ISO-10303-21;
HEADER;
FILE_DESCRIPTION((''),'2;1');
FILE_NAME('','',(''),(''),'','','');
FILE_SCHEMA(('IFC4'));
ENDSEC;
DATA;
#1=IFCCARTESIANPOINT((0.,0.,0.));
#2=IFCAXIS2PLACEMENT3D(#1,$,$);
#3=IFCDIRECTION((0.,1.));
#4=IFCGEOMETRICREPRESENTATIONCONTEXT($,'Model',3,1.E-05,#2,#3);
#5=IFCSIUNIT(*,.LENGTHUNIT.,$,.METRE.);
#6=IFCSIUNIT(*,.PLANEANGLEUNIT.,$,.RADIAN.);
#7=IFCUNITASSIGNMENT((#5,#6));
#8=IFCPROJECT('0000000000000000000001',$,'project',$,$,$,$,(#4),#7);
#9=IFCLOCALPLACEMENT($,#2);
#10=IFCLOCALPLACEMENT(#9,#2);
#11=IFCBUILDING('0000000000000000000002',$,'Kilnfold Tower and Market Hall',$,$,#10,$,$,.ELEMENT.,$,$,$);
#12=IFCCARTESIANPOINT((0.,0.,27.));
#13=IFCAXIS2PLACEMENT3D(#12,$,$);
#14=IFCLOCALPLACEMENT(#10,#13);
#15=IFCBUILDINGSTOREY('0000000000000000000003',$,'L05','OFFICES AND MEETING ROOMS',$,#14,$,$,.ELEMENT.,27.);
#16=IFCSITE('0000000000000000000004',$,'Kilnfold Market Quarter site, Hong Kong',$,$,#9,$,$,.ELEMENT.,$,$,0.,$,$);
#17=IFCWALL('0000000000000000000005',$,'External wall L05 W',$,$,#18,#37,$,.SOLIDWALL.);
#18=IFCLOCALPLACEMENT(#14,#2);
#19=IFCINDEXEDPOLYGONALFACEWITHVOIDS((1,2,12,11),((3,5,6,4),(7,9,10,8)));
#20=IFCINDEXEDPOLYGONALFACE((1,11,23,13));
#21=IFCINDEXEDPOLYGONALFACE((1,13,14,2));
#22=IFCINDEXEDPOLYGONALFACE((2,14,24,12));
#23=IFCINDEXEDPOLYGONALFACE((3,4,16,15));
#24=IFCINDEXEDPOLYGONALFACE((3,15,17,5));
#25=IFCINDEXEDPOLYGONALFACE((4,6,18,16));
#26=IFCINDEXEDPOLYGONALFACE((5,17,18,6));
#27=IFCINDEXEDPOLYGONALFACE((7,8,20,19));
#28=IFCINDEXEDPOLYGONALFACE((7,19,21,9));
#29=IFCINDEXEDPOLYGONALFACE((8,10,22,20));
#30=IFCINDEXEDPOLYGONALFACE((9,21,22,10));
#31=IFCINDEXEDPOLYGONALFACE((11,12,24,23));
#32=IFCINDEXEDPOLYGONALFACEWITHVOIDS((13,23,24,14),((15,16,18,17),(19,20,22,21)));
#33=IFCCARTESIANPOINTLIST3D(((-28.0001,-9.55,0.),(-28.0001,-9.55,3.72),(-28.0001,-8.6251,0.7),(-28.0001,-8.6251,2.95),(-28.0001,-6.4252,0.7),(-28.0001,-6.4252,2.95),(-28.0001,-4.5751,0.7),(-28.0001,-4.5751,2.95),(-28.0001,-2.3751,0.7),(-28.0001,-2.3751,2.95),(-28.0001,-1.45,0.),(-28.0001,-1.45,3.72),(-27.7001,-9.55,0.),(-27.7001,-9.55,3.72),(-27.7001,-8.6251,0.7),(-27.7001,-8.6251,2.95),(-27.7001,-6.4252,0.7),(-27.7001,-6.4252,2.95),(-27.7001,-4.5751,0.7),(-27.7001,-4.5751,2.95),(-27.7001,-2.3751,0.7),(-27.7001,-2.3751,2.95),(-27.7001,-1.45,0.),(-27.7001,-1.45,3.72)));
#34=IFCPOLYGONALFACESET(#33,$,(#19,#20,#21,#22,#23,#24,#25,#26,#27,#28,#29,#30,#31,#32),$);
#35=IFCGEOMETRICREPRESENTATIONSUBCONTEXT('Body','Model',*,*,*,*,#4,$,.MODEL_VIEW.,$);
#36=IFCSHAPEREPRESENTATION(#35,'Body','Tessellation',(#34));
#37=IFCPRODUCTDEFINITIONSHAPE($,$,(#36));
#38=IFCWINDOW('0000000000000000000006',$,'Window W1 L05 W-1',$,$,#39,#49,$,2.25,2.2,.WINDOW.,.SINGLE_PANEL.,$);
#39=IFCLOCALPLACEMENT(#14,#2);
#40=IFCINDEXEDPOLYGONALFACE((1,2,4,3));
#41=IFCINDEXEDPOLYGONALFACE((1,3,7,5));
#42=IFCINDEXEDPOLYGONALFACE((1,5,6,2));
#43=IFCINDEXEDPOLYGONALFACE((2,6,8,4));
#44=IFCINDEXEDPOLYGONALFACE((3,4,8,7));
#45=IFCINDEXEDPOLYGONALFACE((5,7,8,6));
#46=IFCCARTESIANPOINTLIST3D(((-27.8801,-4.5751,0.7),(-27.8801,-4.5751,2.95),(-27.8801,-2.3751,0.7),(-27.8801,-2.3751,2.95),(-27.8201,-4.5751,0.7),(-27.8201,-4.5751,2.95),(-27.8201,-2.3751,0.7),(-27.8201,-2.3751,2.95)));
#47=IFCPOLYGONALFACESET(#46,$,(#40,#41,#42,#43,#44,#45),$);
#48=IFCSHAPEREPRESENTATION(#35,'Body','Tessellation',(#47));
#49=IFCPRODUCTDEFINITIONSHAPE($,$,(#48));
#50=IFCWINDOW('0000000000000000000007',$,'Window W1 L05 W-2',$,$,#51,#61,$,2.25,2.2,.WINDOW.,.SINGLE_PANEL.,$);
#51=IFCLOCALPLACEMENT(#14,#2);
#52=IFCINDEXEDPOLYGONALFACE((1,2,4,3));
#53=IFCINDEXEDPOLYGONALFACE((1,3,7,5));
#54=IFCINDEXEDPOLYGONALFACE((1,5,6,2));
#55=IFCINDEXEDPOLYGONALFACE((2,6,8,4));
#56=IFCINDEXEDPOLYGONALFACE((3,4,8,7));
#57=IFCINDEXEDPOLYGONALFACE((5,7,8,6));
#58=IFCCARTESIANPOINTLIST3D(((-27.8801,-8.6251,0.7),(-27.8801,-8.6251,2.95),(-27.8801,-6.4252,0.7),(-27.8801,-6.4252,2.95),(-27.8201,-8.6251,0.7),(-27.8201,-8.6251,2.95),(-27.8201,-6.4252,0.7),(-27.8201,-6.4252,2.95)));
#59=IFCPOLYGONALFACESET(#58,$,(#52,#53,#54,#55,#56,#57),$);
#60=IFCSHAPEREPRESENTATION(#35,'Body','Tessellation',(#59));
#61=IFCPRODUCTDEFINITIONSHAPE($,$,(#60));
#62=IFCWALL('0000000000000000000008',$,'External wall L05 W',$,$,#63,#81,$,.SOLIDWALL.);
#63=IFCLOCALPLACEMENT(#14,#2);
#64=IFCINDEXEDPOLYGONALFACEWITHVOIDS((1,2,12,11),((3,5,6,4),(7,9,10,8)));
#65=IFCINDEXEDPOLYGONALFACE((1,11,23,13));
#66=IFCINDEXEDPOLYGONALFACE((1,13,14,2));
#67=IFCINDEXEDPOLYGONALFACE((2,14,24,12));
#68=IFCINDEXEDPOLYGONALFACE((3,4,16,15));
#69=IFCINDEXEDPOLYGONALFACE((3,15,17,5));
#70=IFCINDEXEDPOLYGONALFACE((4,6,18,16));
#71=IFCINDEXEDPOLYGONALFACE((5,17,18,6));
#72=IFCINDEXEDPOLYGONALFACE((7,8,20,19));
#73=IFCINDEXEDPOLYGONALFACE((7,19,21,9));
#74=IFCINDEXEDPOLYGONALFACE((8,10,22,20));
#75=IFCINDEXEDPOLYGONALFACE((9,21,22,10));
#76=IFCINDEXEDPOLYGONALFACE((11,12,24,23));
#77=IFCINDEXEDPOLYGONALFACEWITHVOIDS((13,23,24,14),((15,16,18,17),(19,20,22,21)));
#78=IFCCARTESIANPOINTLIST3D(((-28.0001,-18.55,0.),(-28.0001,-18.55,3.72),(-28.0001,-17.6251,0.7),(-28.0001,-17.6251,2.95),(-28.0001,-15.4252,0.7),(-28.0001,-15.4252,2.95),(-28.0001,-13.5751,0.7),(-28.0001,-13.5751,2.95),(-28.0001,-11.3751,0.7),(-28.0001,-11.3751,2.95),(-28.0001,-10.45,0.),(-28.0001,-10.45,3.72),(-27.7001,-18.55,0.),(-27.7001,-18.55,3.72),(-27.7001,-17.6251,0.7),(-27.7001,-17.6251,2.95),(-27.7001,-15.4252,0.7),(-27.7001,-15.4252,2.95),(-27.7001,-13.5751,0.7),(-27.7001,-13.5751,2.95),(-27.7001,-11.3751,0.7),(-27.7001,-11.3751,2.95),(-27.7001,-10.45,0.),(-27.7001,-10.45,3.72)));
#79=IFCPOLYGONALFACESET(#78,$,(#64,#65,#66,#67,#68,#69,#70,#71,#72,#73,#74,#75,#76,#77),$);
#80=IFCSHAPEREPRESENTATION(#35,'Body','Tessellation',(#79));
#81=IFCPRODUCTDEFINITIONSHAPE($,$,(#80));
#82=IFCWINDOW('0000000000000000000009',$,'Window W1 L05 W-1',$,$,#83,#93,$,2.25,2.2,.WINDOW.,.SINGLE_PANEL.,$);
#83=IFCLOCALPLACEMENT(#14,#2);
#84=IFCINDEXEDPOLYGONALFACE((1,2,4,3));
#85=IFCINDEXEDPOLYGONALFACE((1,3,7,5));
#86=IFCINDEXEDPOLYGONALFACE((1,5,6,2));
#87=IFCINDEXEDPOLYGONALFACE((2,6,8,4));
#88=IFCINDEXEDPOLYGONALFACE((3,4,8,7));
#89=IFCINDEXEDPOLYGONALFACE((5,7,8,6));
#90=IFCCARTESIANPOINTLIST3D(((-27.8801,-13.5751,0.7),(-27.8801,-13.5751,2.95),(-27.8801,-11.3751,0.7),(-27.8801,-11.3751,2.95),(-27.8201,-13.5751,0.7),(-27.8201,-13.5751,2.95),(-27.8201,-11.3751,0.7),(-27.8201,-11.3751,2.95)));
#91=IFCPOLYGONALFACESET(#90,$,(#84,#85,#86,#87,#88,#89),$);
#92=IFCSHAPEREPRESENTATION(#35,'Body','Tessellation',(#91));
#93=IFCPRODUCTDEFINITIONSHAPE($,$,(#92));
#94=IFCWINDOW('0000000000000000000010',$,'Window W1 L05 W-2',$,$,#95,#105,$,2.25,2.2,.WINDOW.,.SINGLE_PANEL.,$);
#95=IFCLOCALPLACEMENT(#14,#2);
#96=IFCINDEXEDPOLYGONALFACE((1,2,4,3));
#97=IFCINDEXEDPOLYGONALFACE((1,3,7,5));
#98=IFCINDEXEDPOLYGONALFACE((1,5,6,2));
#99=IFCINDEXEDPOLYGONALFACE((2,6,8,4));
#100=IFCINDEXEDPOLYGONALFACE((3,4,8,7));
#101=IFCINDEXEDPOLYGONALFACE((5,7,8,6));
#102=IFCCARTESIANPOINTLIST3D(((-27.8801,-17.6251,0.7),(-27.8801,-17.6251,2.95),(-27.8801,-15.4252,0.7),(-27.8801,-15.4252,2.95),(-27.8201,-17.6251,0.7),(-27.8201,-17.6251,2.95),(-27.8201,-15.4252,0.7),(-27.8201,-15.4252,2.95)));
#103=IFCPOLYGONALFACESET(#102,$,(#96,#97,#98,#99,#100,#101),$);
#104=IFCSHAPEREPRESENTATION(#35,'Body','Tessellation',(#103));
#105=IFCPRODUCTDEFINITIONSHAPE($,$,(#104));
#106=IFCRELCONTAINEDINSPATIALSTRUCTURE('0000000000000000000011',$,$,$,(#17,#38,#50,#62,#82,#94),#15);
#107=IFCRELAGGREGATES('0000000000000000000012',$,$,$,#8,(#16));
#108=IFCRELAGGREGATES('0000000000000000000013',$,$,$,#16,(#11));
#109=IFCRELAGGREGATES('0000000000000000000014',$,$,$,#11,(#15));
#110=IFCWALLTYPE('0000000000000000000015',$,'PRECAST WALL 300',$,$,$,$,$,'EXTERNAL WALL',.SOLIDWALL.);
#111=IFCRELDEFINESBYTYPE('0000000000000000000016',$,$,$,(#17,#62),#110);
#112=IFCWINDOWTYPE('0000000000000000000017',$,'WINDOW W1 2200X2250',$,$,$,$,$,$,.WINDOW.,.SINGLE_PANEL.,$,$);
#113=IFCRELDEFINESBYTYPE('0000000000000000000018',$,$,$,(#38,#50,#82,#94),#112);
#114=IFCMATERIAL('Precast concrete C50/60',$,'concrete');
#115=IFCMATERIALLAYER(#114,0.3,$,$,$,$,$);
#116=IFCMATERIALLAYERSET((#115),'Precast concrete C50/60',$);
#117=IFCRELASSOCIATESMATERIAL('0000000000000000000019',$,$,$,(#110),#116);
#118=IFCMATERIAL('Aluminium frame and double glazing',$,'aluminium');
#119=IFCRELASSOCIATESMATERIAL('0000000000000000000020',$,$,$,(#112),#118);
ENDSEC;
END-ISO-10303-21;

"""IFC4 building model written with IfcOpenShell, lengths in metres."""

from ifc_helpers import new_model, si_unit, direction, frame, frame_2d, origin, place, context, subcontext, project, spatial, rectangle, extrude, source, transform, mapped, material, layer, layer_set, type_object, element, fill, save


model = new_model("IFC4")

# Units and contexts
model_context = context("Model", 3, precision=1e-05, world=origin(), true_north=direction((0.0, 1.0)))
body_context = subcontext(model_context, "Body", "Model", "MODEL_VIEW")
ifc_project = project(units=[si_unit("LENGTHUNIT", "METRE"), si_unit("PLANEANGLEUNIT", "RADIAN")], contexts=[model_context])

# Site, building, storey
site_placement = place(None, origin())
site = spatial("IfcSite", under=ifc_project, at=site_placement, Name="Kilnfold Market Quarter site, Hong Kong", CompositionType="ELEMENT", RefElevation=0.0)
building_placement = place(site_placement, origin())
building = spatial("IfcBuilding", under=site, at=building_placement, Name="Kilnfold Tower and Market Hall", CompositionType="ELEMENT")
storey_placement = place(building_placement, frame((0.0, 0.0, 27.0)))
storey = spatial("IfcBuildingStorey", under=building, at=storey_placement, Name="L05", Description="OFFICES AND MEETING ROOMS", CompositionType="ELEMENT", Elevation=27.0)

# Walls, openings, windows
ifc_material_1 = material(Name="Precast concrete C50/60", Category="concrete")
ifc_layer_1 = layer(ifc_material_1, 0.3)
ifc_layer_set_1 = layer_set([ifc_layer_1], Name="Precast concrete C50/60")
wall_type_1 = type_object("IfcWallType", Name="PRECAST WALL 300", ElementType="EXTERNAL WALL", PredefinedType="SOLIDWALL", material=ifc_layer_set_1)
shared_shape_1 = source(origin(), body_context, "Body", "SweptSolid", [
    extrude(rectangle(XDim=8.1001, YDim=0.3, at=frame_2d((4.05, 0.0))), origin(), (0.0, 0.0, 1.0), 3.72),
])
wall_1_placement = place(storey_placement, frame((-27.8501, -1.45, 0.0), z_axis=(0.0, 0.0, 1.0), x_axis=(0.0, -1.0, 0.0)))
wall_1 = element("IfcWall", 1, at=wall_1_placement, inside=storey, type_object=wall_type_1, Name="External wall L05 W", PredefinedType="SOLIDWALL", context=body_context, shape_type="MappedRepresentation", body=[
    mapped(shared_shape_1, transform((0.0, 0.0, 0.0))),
])
opening_1_placement = place(wall_1_placement, frame((0.925, 0.0, 0.7)))
opening_1 = element("IfcOpeningElement", 2, at=opening_1_placement, cuts=wall_1, PredefinedType="OPENING", context=body_context, shape_type="SweptSolid", body=[
    extrude(rectangle(XDim=2.2, YDim=2.25, at=frame_2d((1.1001, 1.125))), frame((0.0, 0.1602, 0.0), z_axis=(0.0, -1.0, 0.0), x_axis=(1.0, 0.0, 0.0)), (0.0, 0.0, 1.0), 0.3201),
])
opening_2_placement = place(wall_1_placement, frame((4.9751, 0.0, 0.7)))
opening_2 = element("IfcOpeningElement", 3, at=opening_2_placement, cuts=wall_1, PredefinedType="OPENING", context=body_context, shape_type="SweptSolid", body=[
    extrude(rectangle(XDim=2.2, YDim=2.25, at=frame_2d((1.1001, 1.125))), frame((0.0, 0.1602, 0.0), z_axis=(0.0, -1.0, 0.0), x_axis=(1.0, 0.0, 0.0)), (0.0, 0.0, 1.0), 0.3201),
])
ifc_material_2 = material(Name="Aluminium frame and double glazing", Category="aluminium")
window_type = type_object("IfcWindowType", Name="WINDOW W1 2200X2250", PartitioningType="SINGLE_PANEL", PredefinedType="WINDOW", material=ifc_material_2)
window_1_placement = place(opening_1_placement, origin())
window_1 = element("IfcWindow", 4, at=window_1_placement, inside=storey, type_object=window_type, Name="Window W1 L05 W-1", OverallHeight=2.25, OverallWidth=2.2, PartitioningType="SINGLE_PANEL", PredefinedType="WINDOW", context=body_context, shape_type="SweptSolid", body=[
    extrude(rectangle(XDim=2.2, YDim=2.25, at=frame_2d((1.1001, 1.125))), frame((0.0, 0.03, 0.0), z_axis=(0.0, -1.0, 0.0), x_axis=(1.0, 0.0, 0.0)), (0.0, 0.0, 1.0), 0.0601),
])
fill(opening_1, window_1)
window_2_placement = place(opening_2_placement, origin())
window_2 = element("IfcWindow", 5, at=window_2_placement, inside=storey, type_object=window_type, Name="Window W1 L05 W-2", OverallHeight=2.25, OverallWidth=2.2, PartitioningType="SINGLE_PANEL", PredefinedType="WINDOW", context=body_context, shape_type="SweptSolid", body=[
    extrude(rectangle(XDim=2.2, YDim=2.25, at=frame_2d((1.1001, 1.125))), frame((0.0, 0.03, 0.0), z_axis=(0.0, -1.0, 0.0), x_axis=(1.0, 0.0, 0.0)), (0.0, 0.0, 1.0), 0.0601),
])
fill(opening_2, window_2)
wall_2_placement = place(storey_placement, frame((-27.8501, -10.45, 0.0), z_axis=(0.0, 0.0, 1.0), x_axis=(0.0, -1.0, 0.0)))
wall_2 = element("IfcWall", 6, at=wall_2_placement, inside=storey, type_object=wall_type_1, Name="External wall L05 W", PredefinedType="SOLIDWALL", context=body_context, shape_type="MappedRepresentation", body=[
    mapped(shared_shape_1, transform((0.0, 0.0, 0.0))),
])
opening_3_placement = place(wall_2_placement, frame((0.925, 0.0, 0.7)))
opening_3 = element("IfcOpeningElement", 7, at=opening_3_placement, cuts=wall_2, PredefinedType="OPENING", context=body_context, shape_type="SweptSolid", body=[
    extrude(rectangle(XDim=2.2, YDim=2.25, at=frame_2d((1.1001, 1.125))), frame((0.0, 0.1602, 0.0), z_axis=(0.0, -1.0, 0.0), x_axis=(1.0, 0.0, 0.0)), (0.0, 0.0, 1.0), 0.3201),
])
opening_4_placement = place(wall_2_placement, frame((4.9751, 0.0, 0.7)))
opening_4 = element("IfcOpeningElement", 8, at=opening_4_placement, cuts=wall_2, PredefinedType="OPENING", context=body_context, shape_type="SweptSolid", body=[
    extrude(rectangle(XDim=2.2, YDim=2.25, at=frame_2d((1.1001, 1.125))), frame((0.0, 0.1602, 0.0), z_axis=(0.0, -1.0, 0.0), x_axis=(1.0, 0.0, 0.0)), (0.0, 0.0, 1.0), 0.3201),
])
window_3_placement = place(opening_3_placement, origin())
window_3 = element("IfcWindow", 9, at=window_3_placement, inside=storey, type_object=window_type, Name="Window W1 L05 W-1", OverallHeight=2.25, OverallWidth=2.2, PartitioningType="SINGLE_PANEL", PredefinedType="WINDOW", context=body_context, shape_type="SweptSolid", body=[
    extrude(rectangle(XDim=2.2, YDim=2.25, at=frame_2d((1.1001, 1.125))), frame((0.0, 0.03, 0.0), z_axis=(0.0, -1.0, 0.0), x_axis=(1.0, 0.0, 0.0)), (0.0, 0.0, 1.0), 0.0601),
])
fill(opening_3, window_3)
window_4_placement = place(opening_4_placement, origin())
window_4 = element("IfcWindow", 10, at=window_4_placement, inside=storey, type_object=window_type, Name="Window W1 L05 W-2", OverallHeight=2.25, OverallWidth=2.2, PartitioningType="SINGLE_PANEL", PredefinedType="WINDOW", context=body_context, shape_type="SweptSolid", body=[
    extrude(rectangle(XDim=2.2, YDim=2.25, at=frame_2d((1.1001, 1.125))), frame((0.0, 0.03, 0.0), z_axis=(0.0, -1.0, 0.0), x_axis=(1.0, 0.0, 0.0)), (0.0, 0.0, 1.0), 0.0601),
])
fill(opening_4, window_4)

save(model, "model.ifc")
